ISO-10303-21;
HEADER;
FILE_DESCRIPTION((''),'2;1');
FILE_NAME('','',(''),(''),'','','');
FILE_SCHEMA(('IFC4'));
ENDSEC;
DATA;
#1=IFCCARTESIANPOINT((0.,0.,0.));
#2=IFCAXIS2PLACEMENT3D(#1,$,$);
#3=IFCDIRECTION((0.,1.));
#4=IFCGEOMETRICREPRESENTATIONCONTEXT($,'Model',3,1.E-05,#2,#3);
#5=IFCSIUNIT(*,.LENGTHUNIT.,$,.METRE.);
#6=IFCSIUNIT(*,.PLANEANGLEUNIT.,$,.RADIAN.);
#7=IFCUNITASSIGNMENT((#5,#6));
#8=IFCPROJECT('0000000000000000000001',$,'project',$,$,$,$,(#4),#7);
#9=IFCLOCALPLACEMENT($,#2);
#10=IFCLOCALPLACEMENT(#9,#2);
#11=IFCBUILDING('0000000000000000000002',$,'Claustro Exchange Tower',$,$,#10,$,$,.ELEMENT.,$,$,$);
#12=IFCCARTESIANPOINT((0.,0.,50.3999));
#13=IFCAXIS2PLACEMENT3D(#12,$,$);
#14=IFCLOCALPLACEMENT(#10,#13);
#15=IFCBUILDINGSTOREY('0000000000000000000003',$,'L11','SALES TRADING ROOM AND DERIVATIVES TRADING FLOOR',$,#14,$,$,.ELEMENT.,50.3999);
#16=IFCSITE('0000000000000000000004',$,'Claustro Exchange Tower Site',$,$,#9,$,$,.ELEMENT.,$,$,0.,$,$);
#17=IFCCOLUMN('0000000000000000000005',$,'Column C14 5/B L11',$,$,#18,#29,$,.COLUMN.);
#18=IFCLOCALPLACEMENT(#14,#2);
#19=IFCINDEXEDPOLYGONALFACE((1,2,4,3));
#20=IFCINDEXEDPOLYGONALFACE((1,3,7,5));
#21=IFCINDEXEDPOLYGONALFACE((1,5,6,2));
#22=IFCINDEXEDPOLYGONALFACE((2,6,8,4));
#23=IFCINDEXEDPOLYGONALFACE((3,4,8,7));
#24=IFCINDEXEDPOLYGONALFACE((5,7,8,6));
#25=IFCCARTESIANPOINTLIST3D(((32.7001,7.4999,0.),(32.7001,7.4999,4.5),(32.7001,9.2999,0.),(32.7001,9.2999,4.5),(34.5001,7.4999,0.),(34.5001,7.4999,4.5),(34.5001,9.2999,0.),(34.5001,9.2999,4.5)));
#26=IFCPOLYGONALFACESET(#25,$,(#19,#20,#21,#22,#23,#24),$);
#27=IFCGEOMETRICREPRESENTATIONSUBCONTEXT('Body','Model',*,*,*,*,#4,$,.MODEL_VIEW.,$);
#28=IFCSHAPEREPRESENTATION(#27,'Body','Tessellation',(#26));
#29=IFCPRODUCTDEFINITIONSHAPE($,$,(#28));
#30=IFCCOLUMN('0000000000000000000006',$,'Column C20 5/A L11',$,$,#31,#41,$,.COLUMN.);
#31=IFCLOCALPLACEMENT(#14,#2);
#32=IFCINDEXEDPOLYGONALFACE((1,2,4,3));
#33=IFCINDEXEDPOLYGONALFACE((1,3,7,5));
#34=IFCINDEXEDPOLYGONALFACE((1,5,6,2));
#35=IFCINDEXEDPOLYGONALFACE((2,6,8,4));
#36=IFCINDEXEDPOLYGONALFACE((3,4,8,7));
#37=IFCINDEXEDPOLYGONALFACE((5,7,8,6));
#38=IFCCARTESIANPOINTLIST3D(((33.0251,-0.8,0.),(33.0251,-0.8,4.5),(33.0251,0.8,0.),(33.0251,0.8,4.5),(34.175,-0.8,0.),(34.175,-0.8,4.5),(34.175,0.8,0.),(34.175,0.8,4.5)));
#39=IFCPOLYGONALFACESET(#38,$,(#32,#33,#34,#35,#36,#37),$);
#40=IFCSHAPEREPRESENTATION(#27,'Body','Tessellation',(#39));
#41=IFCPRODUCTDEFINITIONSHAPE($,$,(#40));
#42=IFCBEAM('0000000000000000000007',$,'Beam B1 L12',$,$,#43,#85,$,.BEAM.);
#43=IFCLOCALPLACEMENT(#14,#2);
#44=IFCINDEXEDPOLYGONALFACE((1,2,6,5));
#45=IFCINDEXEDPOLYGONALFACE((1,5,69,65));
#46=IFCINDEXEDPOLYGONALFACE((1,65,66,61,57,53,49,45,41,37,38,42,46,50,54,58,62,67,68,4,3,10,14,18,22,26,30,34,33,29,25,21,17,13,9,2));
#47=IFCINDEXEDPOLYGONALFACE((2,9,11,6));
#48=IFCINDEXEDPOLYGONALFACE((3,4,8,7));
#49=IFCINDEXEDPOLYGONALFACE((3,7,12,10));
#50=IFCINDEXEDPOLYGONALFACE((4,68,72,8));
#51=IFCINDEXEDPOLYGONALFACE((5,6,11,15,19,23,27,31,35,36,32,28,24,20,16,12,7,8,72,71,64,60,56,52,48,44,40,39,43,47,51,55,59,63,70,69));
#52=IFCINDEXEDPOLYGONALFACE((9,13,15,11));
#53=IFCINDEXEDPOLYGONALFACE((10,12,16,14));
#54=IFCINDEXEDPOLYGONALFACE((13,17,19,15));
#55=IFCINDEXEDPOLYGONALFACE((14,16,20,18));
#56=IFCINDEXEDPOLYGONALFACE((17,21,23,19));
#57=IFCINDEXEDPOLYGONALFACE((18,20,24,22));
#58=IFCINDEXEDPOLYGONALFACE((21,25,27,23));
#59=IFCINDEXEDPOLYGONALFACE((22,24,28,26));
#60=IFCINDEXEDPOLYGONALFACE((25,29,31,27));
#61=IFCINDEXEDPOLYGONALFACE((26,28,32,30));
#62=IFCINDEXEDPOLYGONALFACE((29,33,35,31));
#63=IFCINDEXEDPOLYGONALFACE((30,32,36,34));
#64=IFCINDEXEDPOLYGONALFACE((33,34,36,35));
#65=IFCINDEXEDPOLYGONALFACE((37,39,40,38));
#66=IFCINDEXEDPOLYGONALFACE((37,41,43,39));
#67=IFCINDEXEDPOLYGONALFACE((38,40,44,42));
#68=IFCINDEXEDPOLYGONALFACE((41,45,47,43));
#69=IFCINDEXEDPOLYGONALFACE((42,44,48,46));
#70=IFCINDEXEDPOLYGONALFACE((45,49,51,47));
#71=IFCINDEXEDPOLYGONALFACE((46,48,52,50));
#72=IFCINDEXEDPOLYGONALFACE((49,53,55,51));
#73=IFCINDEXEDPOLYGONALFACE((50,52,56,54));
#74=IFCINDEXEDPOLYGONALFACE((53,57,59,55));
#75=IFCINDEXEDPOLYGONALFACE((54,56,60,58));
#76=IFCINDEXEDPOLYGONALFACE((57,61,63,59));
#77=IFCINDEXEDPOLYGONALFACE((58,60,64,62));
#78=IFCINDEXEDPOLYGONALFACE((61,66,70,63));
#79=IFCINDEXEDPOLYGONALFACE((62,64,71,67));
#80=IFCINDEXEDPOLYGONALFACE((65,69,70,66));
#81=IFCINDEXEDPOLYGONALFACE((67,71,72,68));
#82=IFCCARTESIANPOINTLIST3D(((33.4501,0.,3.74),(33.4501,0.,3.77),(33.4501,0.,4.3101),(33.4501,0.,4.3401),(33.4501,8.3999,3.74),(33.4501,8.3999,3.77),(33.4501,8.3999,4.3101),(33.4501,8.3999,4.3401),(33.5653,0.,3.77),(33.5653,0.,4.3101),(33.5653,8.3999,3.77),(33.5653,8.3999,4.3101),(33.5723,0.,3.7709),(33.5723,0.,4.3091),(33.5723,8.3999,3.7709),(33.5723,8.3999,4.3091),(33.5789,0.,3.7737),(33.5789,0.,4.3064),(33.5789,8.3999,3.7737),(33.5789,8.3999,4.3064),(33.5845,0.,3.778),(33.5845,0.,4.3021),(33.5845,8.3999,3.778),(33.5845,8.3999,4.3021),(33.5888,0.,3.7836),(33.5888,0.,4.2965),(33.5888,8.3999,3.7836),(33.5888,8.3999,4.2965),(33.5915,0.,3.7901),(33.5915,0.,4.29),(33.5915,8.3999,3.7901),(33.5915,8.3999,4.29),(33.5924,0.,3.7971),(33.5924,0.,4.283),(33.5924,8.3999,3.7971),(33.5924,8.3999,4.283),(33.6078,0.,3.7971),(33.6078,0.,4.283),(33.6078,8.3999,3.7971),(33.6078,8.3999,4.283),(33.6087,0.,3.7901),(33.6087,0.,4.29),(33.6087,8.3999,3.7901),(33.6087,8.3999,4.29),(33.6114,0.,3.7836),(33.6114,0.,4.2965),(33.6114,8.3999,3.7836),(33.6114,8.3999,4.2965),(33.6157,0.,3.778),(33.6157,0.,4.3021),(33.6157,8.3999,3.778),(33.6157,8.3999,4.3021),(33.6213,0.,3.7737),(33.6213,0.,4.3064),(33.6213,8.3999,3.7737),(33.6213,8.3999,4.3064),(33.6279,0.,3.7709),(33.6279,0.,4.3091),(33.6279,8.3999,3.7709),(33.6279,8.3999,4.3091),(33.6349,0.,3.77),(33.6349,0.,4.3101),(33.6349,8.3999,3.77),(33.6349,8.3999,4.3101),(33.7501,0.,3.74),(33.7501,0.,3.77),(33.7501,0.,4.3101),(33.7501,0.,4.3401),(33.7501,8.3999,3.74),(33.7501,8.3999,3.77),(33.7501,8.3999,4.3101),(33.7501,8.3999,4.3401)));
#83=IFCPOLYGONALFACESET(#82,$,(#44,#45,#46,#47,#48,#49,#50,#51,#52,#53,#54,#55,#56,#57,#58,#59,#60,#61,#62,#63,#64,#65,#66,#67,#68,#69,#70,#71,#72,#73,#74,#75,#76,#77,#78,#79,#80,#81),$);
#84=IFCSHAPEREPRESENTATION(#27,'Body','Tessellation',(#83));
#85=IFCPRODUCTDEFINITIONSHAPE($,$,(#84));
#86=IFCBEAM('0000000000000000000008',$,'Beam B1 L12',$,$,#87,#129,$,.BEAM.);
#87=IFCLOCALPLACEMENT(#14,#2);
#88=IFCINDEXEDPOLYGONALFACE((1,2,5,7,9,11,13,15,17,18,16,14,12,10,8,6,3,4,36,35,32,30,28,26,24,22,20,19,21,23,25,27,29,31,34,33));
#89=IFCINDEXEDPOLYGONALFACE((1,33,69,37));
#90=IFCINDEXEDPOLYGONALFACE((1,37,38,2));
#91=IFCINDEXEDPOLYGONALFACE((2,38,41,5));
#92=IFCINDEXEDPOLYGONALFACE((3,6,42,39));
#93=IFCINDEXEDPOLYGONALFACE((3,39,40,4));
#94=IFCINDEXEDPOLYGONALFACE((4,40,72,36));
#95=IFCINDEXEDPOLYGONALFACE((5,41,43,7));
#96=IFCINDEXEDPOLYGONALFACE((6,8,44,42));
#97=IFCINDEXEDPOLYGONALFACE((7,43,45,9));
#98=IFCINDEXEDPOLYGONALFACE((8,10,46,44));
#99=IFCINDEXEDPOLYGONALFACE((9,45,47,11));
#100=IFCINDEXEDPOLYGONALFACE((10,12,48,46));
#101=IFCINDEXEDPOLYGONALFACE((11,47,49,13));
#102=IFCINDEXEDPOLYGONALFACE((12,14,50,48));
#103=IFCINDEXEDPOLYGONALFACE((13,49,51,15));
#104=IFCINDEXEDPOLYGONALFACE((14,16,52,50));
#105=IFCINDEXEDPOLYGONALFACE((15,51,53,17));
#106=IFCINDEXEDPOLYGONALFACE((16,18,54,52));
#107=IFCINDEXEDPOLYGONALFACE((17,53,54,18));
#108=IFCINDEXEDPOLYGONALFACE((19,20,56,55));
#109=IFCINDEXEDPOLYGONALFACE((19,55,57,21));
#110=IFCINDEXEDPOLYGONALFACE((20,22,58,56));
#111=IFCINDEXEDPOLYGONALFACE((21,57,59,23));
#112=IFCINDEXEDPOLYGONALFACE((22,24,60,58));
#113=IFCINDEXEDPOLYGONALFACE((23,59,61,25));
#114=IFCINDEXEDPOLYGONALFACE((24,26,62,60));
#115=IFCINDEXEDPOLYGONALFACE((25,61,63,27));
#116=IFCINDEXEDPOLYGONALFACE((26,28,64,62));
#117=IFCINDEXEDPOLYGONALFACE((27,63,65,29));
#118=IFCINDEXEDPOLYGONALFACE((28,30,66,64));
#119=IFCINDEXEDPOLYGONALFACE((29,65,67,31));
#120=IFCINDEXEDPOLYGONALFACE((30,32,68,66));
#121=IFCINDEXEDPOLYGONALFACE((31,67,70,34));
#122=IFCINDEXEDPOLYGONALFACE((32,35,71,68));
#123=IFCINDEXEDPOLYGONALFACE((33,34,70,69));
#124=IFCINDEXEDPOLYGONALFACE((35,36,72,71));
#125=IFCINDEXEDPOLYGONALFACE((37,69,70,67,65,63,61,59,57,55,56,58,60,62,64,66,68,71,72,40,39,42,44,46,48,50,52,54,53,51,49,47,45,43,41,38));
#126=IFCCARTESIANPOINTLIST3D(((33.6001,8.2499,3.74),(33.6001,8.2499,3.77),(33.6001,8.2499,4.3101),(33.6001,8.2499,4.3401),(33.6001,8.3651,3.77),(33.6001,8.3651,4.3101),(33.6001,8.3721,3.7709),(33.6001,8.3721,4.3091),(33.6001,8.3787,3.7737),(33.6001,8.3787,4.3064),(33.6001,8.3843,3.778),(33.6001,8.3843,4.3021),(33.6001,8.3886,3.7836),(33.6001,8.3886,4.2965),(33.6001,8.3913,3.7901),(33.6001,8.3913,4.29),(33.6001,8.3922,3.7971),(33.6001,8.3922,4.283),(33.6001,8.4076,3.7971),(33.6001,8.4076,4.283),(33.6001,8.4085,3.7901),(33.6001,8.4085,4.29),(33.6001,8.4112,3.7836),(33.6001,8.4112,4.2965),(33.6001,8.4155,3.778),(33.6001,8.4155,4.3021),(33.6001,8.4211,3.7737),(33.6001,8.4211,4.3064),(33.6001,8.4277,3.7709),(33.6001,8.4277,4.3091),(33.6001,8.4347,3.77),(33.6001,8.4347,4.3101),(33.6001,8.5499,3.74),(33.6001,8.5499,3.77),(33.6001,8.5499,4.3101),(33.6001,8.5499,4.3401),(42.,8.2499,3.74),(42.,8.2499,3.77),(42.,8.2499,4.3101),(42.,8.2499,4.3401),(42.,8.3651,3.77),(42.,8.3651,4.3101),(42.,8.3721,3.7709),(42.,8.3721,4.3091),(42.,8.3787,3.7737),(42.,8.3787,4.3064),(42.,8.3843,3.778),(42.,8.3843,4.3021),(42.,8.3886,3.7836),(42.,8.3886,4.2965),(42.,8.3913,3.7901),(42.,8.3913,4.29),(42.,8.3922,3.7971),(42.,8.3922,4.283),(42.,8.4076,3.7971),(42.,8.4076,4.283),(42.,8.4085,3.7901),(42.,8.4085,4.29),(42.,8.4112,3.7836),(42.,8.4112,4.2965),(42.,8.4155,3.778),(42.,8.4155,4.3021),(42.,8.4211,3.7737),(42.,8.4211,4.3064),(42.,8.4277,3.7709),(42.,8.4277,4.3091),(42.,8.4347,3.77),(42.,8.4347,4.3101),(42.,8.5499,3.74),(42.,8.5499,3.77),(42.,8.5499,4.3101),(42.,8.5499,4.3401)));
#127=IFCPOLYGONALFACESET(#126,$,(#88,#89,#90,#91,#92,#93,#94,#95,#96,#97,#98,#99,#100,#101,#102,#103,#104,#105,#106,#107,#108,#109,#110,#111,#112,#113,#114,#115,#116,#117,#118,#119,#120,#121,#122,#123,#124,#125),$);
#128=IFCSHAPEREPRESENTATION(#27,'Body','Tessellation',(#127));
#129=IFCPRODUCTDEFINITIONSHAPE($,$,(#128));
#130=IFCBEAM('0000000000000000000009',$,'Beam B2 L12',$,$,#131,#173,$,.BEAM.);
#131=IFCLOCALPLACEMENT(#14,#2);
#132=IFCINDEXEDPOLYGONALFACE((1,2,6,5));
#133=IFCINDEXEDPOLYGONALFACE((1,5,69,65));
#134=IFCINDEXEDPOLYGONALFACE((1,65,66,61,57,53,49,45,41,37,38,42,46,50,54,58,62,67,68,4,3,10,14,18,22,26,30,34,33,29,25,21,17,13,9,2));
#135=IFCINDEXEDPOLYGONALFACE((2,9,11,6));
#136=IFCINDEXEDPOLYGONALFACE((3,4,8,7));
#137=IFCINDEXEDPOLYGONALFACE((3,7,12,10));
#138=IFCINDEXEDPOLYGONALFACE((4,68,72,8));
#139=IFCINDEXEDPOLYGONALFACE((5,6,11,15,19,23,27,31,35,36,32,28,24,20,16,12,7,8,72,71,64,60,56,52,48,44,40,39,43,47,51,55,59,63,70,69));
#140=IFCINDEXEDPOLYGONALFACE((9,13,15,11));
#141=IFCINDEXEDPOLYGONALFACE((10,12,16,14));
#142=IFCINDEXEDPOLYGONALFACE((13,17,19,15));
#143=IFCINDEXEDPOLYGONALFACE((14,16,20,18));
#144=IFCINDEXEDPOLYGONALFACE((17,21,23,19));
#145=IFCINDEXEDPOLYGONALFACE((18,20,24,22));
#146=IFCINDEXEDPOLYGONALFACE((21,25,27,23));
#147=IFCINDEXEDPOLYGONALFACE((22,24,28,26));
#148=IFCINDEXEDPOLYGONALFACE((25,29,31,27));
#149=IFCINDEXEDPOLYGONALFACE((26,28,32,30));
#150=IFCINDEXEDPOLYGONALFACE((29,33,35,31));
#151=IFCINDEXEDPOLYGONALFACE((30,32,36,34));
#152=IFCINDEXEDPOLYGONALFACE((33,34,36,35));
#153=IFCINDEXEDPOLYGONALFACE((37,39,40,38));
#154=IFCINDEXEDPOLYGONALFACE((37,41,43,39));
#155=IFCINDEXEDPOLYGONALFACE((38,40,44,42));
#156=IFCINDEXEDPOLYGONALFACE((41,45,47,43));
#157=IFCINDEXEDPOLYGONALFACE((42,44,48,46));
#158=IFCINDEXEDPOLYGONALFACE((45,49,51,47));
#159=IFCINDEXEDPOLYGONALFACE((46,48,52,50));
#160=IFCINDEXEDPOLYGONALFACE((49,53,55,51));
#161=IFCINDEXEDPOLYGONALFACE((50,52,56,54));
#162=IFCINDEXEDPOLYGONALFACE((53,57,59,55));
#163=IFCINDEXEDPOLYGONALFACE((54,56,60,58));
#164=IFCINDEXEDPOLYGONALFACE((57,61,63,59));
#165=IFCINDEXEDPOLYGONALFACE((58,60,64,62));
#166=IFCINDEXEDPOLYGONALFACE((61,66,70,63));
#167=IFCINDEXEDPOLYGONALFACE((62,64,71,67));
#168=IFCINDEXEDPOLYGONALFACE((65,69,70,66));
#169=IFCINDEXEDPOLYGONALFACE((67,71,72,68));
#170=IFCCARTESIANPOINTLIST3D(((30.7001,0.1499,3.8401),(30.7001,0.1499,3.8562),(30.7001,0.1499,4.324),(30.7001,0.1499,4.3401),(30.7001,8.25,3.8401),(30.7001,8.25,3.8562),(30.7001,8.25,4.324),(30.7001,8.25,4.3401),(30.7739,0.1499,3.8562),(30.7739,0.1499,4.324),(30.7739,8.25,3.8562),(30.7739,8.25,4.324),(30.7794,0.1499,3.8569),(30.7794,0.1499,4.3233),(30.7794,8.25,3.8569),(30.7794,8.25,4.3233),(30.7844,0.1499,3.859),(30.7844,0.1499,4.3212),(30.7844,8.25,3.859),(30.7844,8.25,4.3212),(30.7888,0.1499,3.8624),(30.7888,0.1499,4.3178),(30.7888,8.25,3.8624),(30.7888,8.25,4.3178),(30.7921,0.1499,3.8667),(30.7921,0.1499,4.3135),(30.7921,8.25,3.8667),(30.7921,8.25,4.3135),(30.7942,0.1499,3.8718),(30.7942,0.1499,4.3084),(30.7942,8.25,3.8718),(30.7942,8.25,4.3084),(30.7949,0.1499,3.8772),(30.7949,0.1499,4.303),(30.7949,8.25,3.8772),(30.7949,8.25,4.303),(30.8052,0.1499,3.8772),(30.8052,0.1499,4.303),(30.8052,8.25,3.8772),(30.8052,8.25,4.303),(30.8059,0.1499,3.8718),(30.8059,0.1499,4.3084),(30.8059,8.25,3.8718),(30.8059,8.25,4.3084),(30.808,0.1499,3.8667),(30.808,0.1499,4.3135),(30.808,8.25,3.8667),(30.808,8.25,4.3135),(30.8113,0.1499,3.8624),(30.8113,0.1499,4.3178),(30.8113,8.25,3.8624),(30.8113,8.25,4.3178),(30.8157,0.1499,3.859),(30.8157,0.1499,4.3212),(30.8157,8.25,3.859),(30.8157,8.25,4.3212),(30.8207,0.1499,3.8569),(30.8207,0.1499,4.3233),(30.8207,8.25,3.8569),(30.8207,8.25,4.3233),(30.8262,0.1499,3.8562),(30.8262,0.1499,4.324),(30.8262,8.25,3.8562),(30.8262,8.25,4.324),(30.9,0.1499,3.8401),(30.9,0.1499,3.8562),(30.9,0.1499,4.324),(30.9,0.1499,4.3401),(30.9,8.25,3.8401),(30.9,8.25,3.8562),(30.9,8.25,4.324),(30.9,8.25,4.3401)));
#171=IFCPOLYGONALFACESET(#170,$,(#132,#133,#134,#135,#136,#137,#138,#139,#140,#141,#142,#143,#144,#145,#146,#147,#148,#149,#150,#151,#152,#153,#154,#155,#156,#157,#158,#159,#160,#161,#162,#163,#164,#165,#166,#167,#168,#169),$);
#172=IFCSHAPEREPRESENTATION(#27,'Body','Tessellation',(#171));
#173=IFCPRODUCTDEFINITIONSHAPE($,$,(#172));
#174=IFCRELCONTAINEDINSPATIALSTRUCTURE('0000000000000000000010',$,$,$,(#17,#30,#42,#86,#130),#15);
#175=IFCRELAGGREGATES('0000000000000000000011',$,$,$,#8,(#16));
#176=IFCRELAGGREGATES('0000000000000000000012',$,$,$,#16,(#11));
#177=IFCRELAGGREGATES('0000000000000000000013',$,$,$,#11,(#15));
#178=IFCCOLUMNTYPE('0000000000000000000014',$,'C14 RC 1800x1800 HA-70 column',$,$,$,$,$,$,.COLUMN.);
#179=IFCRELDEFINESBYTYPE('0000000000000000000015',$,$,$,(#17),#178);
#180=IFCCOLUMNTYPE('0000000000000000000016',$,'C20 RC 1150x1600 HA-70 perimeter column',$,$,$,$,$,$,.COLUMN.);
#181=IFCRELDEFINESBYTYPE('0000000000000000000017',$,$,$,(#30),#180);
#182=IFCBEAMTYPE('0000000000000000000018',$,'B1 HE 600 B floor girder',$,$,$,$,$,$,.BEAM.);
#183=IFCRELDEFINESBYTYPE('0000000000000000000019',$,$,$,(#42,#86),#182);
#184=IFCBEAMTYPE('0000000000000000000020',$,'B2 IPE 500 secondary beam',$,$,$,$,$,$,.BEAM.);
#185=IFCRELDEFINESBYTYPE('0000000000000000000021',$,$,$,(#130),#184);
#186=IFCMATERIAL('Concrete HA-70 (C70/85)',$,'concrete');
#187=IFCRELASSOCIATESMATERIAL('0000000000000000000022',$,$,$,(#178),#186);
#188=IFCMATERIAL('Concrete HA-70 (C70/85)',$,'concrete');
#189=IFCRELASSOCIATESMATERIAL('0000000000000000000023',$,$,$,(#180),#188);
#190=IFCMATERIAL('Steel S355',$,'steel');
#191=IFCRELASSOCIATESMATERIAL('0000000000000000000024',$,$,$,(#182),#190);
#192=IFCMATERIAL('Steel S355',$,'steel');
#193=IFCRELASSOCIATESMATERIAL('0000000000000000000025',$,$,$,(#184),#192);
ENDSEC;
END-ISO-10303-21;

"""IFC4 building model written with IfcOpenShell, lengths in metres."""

from ifc_helpers import new_model, si_unit, direction, frame, origin, origin_2d, place, context, subcontext, project, spatial, rectangle, i_section, extrude, material, material_profile, profile_set, type_object, element, save


model = new_model("IFC4")

# Units and contexts
model_context = context("Model", 3, precision=1e-05, world=origin(), true_north=direction((0.0, 1.0)))
body_context = subcontext(model_context, "Body", "Model", "MODEL_VIEW")
ifc_project = project(units=[si_unit("LENGTHUNIT", "METRE"), si_unit("PLANEANGLEUNIT", "RADIAN")], contexts=[model_context])

# Site, building, storey
site_placement = place(None, origin())
site = spatial("IfcSite", under=ifc_project, at=site_placement, Name="Claustro Exchange Tower Site", CompositionType="ELEMENT", RefElevation=0.0)
building_placement = place(site_placement, origin())
building = spatial("IfcBuilding", under=site, at=building_placement, Name="Claustro Exchange Tower", CompositionType="ELEMENT")
storey_placement = place(building_placement, frame((0.0, 0.0, 50.3999)))
storey = spatial("IfcBuildingStorey", under=building, at=storey_placement, Name="L11", Description="SALES TRADING ROOM AND DERIVATIVES TRADING FLOOR", CompositionType="ELEMENT", Elevation=50.3999)

# Columns
ifc_material_1 = material(Name="Concrete HA-70 (C70/85)", Category="concrete")
ifc_material_profile_1 = material_profile(ifc_material_1, rectangle(XDim=1.8, YDim=1.8, at=origin_2d()), Name="RC 1800x1800")
ifc_profile_set_1 = profile_set([ifc_material_profile_1], Name="Concrete HA-70 (C70/85)")
column_type_1 = type_object("IfcColumnType", Name="C14 RC 1800x1800 HA-70 column", PredefinedType="COLUMN", material=ifc_profile_set_1)
column_1_placement = place(storey_placement, frame((33.6001, 8.3999, 0.0), z_axis=(0.0, 0.0, 1.0), x_axis=(1.0, 0.0, 0.0)))
element("IfcColumn", 1, at=column_1_placement, inside=storey, type_object=column_type_1, Name="Column C14 5/B L11", PredefinedType="COLUMN", context=body_context, shape_type="SweptSolid", body=[
    extrude(rectangle(XDim=1.8, YDim=1.8, at=origin_2d()), origin(), (0.0, 0.0, 1.0), 4.5),
])
ifc_material_2 = material(Name="Concrete HA-70 (C70/85)", Category="concrete")
ifc_material_profile_2 = material_profile(ifc_material_2, rectangle(XDim=1.1499, YDim=1.6001, at=origin_2d()), Name="RC 1150x1600")
ifc_profile_set_2 = profile_set([ifc_material_profile_2], Name="Concrete HA-70 (C70/85)")
column_type_2 = type_object("IfcColumnType", Name="C20 RC 1150x1600 HA-70 perimeter column", PredefinedType="COLUMN", material=ifc_profile_set_2)
column_2_placement = place(storey_placement, frame((33.6001, 0.0, 0.0), z_axis=(0.0, 0.0, 1.0), x_axis=(1.0, 0.0, 0.0)))
element("IfcColumn", 2, at=column_2_placement, inside=storey, type_object=column_type_2, Name="Column C20 5/A L11", PredefinedType="COLUMN", context=body_context, shape_type="SweptSolid", body=[
    extrude(rectangle(XDim=1.1499, YDim=1.6001, at=origin_2d()), origin(), (0.0, 0.0, 1.0), 4.5),
])

# Beams
ifc_material_3 = material(Name="Steel S355", Category="steel")
ifc_material_profile_3 = material_profile(ifc_material_3, i_section(OverallWidth=0.3, OverallDepth=0.6001, WebThickness=0.0154, FlangeThickness=0.03, FilletRadius=0.0271, at=origin_2d()), Name="HE 600 B")
ifc_profile_set_3 = profile_set([ifc_material_profile_3], Name="Steel S355")
beam_type_1 = type_object("IfcBeamType", Name="B1 HE 600 B floor girder", PredefinedType="BEAM", material=ifc_profile_set_3)
for number, where, z_axis, x_axis, name in (
    (3, (33.6001, 0.0, 4.04), (0.0, 1.0, 0.0), (-1.0, 0.0, 0.0), "Beam B1 L12"),
    (4, (33.6001, 8.3999, 4.04), (1.0, 0.0, 0.0), (0.0, 1.0, 0.0), "Beam B1 L12"),
):
    element("IfcBeam", number, at=place(storey_placement, frame(where, z_axis=z_axis, x_axis=x_axis)), inside=storey, type_object=beam_type_1, Name=name, PredefinedType="BEAM", context=body_context, shape_type="SweptSolid", body=[
        extrude(i_section(OverallWidth=0.3, OverallDepth=0.6001, WebThickness=0.0154, FlangeThickness=0.03, FilletRadius=0.0271, at=origin_2d()), origin(), (0.0, 0.0, 1.0), 8.3999),
    ])
ifc_material_4 = material(Name="Steel S355", Category="steel")
ifc_material_profile_4 = material_profile(ifc_material_4, i_section(OverallWidth=0.2, OverallDepth=0.5, WebThickness=0.0103, FlangeThickness=0.0161, FilletRadius=0.021, at=origin_2d()), Name="IPE 500")
ifc_profile_set_4 = profile_set([ifc_material_profile_4], Name="Steel S355")
beam_type_2 = type_object("IfcBeamType", Name="B2 IPE 500 secondary beam", PredefinedType="BEAM", material=ifc_profile_set_4)
beam_1_placement = place(storey_placement, frame((30.8, 0.1499, 4.0901), z_axis=(0.0, 1.0, 0.0), x_axis=(-1.0, 0.0, 0.0)))
element("IfcBeam", 5, at=beam_1_placement, inside=storey, type_object=beam_type_2, Name="Beam B2 L12", PredefinedType="BEAM", context=body_context, shape_type="SweptSolid", body=[
    extrude(i_section(OverallWidth=0.2, OverallDepth=0.5, WebThickness=0.0103, FlangeThickness=0.0161, FilletRadius=0.021, at=origin_2d()), origin(), (0.0, 0.0, 1.0), 8.1001),
])

save(model, "model.ifc")
